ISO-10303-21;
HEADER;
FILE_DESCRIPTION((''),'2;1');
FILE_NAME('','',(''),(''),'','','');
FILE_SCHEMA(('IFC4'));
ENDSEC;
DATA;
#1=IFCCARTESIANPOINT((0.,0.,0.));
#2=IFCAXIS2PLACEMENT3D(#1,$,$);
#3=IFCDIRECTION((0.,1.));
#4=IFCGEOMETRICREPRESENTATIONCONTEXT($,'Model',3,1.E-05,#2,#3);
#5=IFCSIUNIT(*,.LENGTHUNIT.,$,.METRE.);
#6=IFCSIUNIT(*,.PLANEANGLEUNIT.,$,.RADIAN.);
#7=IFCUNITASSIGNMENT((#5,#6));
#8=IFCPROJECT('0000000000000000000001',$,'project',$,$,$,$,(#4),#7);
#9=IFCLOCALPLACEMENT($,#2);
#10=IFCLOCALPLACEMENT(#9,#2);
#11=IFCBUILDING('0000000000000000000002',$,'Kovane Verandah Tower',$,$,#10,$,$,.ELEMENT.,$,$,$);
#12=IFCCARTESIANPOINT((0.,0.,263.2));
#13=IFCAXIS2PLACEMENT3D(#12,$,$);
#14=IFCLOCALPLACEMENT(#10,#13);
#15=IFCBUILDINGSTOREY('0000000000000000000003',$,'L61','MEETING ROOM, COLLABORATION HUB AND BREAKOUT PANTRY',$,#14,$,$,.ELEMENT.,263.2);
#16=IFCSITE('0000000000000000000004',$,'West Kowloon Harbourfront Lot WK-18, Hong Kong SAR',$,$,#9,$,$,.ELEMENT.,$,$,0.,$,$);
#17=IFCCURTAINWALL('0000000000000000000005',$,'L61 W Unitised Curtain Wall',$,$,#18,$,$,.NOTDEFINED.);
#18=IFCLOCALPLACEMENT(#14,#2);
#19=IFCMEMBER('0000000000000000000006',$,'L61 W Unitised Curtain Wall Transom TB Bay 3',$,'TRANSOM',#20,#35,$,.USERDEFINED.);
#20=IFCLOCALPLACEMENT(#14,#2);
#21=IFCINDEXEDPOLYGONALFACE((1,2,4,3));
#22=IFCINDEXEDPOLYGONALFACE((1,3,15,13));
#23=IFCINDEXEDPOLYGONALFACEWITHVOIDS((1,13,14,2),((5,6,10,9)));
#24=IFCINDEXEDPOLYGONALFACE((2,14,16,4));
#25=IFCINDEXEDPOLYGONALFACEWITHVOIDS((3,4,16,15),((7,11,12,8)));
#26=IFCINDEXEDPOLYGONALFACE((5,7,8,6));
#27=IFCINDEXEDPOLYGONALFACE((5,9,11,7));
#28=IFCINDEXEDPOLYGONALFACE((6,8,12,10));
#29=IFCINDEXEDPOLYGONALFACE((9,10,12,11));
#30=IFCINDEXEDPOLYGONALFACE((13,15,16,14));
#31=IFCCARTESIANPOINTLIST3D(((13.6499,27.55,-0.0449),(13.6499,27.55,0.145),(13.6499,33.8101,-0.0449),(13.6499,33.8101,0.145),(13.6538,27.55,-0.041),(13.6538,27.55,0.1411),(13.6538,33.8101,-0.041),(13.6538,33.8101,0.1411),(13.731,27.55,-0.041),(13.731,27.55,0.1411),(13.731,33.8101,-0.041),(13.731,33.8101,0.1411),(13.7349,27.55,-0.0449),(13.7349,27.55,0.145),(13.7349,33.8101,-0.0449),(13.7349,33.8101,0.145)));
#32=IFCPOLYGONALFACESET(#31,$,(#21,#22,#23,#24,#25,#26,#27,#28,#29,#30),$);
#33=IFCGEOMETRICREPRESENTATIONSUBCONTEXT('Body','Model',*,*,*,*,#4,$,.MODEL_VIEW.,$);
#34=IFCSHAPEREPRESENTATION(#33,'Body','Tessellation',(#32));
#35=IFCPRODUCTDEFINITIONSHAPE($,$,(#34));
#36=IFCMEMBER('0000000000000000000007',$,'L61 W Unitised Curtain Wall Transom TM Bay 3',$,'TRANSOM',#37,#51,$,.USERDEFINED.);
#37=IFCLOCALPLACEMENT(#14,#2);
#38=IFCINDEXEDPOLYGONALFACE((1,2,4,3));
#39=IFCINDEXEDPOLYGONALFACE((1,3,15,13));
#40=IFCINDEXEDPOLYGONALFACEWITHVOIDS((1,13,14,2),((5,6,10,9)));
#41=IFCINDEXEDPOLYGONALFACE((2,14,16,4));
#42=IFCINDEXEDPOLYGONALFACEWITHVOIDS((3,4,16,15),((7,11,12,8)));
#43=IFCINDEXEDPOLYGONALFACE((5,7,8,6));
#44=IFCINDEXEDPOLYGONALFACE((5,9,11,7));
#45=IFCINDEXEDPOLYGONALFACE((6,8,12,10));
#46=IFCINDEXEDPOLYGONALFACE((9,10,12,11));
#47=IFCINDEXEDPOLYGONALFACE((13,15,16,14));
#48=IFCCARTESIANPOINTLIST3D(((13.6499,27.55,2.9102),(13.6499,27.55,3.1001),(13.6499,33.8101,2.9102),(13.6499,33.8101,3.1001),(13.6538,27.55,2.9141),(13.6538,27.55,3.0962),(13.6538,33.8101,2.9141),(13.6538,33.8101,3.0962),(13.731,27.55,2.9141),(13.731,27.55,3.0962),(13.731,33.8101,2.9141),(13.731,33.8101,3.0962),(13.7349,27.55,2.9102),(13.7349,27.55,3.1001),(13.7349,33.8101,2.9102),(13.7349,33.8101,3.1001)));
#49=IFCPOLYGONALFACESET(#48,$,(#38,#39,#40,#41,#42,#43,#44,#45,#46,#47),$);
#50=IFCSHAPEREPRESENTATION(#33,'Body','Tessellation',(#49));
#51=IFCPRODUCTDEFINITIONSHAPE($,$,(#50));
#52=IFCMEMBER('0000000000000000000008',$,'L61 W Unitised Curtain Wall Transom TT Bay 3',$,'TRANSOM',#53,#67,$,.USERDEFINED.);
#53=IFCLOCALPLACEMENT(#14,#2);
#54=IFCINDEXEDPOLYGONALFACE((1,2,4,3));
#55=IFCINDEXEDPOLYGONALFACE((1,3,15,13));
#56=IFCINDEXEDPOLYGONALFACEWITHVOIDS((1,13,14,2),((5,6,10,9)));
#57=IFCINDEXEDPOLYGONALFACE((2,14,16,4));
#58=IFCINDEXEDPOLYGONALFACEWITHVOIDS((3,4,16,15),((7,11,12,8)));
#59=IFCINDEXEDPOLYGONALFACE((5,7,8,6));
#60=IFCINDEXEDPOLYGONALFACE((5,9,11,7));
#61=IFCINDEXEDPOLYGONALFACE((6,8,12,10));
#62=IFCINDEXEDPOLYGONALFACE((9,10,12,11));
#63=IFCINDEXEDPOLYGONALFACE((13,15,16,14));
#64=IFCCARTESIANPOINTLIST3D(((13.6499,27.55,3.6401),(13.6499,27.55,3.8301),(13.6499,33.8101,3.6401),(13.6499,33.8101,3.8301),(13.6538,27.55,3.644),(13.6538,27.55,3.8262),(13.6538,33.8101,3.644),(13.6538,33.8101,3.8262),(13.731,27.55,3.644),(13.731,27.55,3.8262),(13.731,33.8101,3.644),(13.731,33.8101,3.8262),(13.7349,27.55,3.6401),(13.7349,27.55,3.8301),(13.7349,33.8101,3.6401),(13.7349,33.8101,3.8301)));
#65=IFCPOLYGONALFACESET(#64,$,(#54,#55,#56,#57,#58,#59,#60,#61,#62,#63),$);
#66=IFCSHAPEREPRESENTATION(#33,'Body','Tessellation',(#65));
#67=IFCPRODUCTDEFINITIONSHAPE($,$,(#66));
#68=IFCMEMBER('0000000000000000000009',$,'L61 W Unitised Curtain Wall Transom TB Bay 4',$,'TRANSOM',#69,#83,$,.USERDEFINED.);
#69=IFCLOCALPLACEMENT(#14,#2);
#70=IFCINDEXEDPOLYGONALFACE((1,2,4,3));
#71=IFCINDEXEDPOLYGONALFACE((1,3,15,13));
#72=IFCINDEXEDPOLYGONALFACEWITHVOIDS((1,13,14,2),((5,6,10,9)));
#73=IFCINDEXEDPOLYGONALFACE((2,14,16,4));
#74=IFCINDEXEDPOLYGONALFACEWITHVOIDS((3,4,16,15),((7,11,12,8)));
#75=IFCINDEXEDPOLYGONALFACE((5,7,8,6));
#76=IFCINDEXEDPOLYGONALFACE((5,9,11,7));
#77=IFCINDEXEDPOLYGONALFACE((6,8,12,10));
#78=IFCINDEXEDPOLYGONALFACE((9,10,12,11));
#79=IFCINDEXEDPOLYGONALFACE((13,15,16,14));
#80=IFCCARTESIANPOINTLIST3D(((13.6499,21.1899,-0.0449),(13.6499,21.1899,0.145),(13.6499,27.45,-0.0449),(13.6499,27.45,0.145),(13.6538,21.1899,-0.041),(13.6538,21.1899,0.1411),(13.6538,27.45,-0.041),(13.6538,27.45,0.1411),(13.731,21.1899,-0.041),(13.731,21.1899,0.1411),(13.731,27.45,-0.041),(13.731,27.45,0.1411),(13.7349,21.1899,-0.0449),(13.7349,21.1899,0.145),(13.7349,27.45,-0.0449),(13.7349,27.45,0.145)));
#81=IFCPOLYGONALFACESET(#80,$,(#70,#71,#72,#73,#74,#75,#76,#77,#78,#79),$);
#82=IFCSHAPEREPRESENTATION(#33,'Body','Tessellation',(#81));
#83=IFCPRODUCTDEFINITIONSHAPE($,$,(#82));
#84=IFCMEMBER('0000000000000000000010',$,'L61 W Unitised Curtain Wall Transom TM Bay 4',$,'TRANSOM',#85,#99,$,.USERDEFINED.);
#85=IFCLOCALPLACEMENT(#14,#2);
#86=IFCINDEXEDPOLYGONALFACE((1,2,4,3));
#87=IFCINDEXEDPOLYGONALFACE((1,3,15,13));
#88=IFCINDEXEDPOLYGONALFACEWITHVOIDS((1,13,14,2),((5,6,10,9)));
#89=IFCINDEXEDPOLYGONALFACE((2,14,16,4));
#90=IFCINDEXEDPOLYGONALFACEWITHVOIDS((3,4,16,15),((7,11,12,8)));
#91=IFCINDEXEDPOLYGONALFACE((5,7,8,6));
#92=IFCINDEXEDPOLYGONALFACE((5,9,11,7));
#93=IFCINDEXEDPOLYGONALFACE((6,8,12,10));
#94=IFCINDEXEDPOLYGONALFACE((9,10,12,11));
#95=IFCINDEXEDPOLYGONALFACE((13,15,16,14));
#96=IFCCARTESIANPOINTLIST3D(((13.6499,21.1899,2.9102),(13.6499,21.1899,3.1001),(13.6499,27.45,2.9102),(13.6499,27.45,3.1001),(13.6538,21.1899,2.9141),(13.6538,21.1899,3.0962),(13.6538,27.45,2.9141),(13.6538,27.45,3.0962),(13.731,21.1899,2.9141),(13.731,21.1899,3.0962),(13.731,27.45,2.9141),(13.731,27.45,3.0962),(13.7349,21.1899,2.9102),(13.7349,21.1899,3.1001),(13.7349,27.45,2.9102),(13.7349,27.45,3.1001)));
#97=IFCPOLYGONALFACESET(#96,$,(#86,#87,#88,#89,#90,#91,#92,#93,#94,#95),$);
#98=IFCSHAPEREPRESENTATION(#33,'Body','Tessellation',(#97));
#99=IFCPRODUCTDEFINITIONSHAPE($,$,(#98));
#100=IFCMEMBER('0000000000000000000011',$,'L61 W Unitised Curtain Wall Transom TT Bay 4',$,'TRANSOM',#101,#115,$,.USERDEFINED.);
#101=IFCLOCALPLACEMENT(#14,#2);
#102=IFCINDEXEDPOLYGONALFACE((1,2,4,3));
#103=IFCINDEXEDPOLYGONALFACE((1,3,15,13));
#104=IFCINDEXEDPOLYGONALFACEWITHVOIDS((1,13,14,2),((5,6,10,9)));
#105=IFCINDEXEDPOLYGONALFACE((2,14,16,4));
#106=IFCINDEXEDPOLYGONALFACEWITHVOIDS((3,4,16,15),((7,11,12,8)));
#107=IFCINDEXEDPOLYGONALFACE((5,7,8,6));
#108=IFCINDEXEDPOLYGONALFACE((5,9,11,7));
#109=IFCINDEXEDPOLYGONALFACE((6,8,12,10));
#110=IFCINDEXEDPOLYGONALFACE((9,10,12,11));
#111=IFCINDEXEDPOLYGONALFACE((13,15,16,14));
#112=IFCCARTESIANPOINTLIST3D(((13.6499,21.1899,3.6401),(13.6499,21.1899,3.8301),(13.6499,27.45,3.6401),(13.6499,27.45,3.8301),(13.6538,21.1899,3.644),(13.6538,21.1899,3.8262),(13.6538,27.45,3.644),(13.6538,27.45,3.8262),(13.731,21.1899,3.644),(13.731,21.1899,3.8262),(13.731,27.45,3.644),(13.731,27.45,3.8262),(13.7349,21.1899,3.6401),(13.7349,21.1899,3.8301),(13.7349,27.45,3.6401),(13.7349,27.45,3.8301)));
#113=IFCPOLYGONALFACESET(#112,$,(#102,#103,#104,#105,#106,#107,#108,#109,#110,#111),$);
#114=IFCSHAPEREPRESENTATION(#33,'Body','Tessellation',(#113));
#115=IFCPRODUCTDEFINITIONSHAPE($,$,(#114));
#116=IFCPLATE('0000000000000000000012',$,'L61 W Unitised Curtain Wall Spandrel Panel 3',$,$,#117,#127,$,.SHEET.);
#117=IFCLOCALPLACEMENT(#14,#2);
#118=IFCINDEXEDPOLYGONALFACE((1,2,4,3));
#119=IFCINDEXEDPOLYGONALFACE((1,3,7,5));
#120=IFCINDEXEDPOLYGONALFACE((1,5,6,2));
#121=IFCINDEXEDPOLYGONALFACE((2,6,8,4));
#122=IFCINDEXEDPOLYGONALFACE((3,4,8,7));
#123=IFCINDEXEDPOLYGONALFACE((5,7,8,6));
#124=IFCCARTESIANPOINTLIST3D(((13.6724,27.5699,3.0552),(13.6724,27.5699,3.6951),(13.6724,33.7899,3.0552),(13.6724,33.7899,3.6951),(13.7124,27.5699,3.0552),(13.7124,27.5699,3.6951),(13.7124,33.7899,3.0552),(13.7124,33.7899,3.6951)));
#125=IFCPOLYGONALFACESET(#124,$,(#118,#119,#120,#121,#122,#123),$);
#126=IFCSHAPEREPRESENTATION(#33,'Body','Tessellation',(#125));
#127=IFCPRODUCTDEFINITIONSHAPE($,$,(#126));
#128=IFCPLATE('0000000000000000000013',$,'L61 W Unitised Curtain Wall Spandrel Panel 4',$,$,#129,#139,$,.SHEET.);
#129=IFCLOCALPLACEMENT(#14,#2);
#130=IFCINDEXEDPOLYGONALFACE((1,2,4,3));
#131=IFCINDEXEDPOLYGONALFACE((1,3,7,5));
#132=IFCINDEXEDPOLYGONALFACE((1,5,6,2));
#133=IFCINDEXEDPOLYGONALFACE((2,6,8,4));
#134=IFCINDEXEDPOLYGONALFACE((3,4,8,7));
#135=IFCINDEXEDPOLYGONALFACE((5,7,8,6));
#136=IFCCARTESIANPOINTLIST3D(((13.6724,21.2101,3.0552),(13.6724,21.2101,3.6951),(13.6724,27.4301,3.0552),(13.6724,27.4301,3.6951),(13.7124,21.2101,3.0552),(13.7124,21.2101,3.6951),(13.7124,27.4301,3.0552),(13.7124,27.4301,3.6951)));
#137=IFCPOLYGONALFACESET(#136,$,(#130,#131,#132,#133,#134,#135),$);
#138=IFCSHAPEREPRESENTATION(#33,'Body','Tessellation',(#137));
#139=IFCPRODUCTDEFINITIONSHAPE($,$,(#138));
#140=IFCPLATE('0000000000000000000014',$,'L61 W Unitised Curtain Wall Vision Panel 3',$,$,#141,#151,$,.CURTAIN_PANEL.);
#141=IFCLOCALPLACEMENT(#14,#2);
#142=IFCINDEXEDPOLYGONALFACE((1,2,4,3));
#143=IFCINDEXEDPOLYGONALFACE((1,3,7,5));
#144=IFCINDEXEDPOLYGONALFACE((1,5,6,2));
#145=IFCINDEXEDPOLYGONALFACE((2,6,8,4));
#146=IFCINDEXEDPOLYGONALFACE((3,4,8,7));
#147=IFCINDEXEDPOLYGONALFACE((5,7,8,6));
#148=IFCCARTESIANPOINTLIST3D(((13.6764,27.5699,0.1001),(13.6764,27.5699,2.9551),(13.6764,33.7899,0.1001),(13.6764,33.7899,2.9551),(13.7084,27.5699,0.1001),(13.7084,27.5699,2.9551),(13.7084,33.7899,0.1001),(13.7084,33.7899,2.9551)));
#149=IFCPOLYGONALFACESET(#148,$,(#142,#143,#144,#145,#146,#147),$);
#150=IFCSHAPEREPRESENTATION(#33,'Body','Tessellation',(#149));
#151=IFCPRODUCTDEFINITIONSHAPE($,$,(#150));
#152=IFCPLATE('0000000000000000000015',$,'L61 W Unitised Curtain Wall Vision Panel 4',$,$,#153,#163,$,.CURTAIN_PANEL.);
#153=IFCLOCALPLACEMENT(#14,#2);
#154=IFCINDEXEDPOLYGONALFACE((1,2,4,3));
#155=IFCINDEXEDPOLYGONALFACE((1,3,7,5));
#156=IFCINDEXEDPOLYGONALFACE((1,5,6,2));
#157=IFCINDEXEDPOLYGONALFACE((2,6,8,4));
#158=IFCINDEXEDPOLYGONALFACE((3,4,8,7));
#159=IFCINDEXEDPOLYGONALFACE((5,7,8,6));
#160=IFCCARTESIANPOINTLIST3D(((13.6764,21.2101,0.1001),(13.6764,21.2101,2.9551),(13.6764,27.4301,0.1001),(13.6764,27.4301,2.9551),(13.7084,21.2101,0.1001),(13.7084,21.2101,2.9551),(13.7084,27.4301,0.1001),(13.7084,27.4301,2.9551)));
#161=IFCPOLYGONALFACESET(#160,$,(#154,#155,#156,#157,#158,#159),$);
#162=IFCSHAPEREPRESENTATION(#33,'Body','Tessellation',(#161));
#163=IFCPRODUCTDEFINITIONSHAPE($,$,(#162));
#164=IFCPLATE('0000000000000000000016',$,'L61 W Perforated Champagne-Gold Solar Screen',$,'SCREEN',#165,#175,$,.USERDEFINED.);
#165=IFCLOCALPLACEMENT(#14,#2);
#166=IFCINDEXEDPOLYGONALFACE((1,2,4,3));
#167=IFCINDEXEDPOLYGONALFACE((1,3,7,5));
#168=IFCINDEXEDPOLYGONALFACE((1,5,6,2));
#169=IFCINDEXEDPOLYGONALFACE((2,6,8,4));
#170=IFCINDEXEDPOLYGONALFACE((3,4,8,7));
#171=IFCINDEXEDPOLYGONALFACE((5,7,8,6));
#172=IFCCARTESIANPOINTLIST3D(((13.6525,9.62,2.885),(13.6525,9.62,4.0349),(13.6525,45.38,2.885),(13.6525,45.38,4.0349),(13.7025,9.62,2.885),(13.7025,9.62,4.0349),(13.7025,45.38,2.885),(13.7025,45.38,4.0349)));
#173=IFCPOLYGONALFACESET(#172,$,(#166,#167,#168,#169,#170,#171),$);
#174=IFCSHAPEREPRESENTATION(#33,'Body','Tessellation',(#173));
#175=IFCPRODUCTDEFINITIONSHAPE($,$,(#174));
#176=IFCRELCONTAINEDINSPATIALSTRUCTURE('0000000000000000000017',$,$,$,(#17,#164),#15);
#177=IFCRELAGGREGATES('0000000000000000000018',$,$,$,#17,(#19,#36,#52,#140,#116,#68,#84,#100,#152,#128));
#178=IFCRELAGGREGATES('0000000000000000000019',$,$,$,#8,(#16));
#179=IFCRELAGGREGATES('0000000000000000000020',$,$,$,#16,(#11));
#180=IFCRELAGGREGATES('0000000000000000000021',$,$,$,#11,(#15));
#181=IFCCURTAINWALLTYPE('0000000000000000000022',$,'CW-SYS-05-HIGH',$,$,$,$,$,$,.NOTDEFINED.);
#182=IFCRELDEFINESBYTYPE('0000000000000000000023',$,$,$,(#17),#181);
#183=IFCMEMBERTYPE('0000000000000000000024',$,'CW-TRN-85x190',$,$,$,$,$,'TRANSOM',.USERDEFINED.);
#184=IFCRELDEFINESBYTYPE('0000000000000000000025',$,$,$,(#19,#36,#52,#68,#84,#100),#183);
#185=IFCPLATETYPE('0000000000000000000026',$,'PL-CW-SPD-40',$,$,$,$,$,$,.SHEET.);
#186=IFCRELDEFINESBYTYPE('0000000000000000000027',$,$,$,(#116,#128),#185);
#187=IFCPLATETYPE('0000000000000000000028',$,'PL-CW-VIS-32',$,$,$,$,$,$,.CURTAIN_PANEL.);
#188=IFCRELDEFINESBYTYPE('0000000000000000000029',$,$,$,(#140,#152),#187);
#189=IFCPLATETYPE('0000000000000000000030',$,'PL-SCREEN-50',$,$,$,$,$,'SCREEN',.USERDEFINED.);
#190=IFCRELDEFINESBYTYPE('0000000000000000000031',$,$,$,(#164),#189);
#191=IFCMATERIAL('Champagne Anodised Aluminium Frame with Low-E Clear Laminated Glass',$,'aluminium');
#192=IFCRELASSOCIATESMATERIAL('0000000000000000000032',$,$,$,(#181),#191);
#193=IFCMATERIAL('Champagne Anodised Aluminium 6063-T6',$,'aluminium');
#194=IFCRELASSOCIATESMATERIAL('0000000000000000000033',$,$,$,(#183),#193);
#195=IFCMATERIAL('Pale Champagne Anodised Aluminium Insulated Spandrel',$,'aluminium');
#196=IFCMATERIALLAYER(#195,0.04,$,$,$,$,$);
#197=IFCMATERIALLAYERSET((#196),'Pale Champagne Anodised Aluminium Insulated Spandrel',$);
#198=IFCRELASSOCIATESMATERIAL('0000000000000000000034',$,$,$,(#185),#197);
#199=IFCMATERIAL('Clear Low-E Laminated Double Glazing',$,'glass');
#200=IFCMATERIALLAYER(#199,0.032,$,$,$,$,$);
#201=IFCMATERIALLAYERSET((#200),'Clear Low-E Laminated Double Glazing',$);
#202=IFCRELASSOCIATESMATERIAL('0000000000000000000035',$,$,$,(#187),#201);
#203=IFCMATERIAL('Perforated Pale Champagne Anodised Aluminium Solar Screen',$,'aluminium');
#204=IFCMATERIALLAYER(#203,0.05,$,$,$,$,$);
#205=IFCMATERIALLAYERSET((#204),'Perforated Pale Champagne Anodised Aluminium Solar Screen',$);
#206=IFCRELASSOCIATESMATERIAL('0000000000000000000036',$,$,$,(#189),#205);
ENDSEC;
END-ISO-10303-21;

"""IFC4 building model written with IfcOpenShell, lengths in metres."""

from ifc_helpers import new_model, si_unit, direction, frame, origin, origin_2d, place, context, subcontext, project, spatial, rectangle, hollow_rectangle, extrude, material, layer, layer_set, material_profile, profile_set, type_object, element, aggregate, save


model = new_model("IFC4")

# Units and contexts
model_context = context("Model", 3, precision=1e-05, world=origin(), true_north=direction((0.0, 1.0)))
body_context = subcontext(model_context, "Body", "Model", "MODEL_VIEW")
ifc_project = project(units=[si_unit("LENGTHUNIT", "METRE"), si_unit("PLANEANGLEUNIT", "RADIAN")], contexts=[model_context])

# Site, building, storey
site_placement = place(None, origin())
site = spatial("IfcSite", under=ifc_project, at=site_placement, Name="West Kowloon Harbourfront Lot WK-18, Hong Kong SAR", CompositionType="ELEMENT", RefElevation=0.0)
building_placement = place(site_placement, origin())
building = spatial("IfcBuilding", under=site, at=building_placement, Name="Kovane Verandah Tower", CompositionType="ELEMENT")
storey_placement = place(building_placement, frame((0.0, 0.0, 263.2)))
storey = spatial("IfcBuildingStorey", under=building, at=storey_placement, Name="L61", Description="MEETING ROOM, COLLABORATION HUB AND BREAKOUT PANTRY", CompositionType="ELEMENT", Elevation=263.2)

# Curtain wall, members, plates
ifc_material_1 = material(Name="Champagne Anodised Aluminium Frame with Low-E Clear Laminated Glass", Category="aluminium")
curtain_wall_type = type_object("IfcCurtainWallType", Name="CW-SYS-05-HIGH", PredefinedType="NOTDEFINED", material=ifc_material_1)
curtain_wall_placement = place(storey_placement, origin())
curtain_wall = element("IfcCurtainWall", 1, at=curtain_wall_placement, inside=storey, type_object=curtain_wall_type, Name="L61 W Unitised Curtain Wall", PredefinedType="NOTDEFINED")
ifc_material_2 = material(Name="Champagne Anodised Aluminium 6063-T6", Category="aluminium")
ifc_material_profile_1 = material_profile(ifc_material_2, hollow_rectangle(XDim=0.085, YDim=0.1899, WallThickness=0.0039, at=origin_2d()), Name="AL85x190x4")
ifc_profile_set_1 = profile_set([ifc_material_profile_1], Name="Champagne Anodised Aluminium 6063-T6")
member_type_1 = type_object("IfcMemberType", Name="CW-TRN-85x190", ElementType="TRANSOM", PredefinedType="USERDEFINED", material=ifc_profile_set_1)
member_1_placement = place(storey_placement, frame((13.6924, 33.8101, 0.05), z_axis=(0.0, -1.0, 0.0), x_axis=(1.0, 0.0, 0.0)))
member_1 = element("IfcMember", 2, at=member_1_placement, type_object=member_type_1, Name="L61 W Unitised Curtain Wall Transom TB Bay 3", ObjectType="TRANSOM", PredefinedType="USERDEFINED", context=body_context, shape_type="SweptSolid", body=[
    extrude(hollow_rectangle(XDim=0.085, YDim=0.1899, WallThickness=0.0039, at=origin_2d()), origin(), (0.0, 0.0, 1.0), 6.26),
])
member_2_placement = place(storey_placement, frame((13.6924, 33.8101, 3.0051), z_axis=(0.0, -1.0, 0.0), x_axis=(1.0, 0.0, 0.0)))
member_2 = element("IfcMember", 3, at=member_2_placement, type_object=member_type_1, Name="L61 W Unitised Curtain Wall Transom TM Bay 3", ObjectType="TRANSOM", PredefinedType="USERDEFINED", context=body_context, shape_type="SweptSolid", body=[
    extrude(hollow_rectangle(XDim=0.085, YDim=0.1899, WallThickness=0.0039, at=origin_2d()), origin(), (0.0, 0.0, 1.0), 6.26),
])
member_3_placement = place(storey_placement, frame((13.6924, 33.8101, 3.7351), z_axis=(0.0, -1.0, 0.0), x_axis=(1.0, 0.0, 0.0)))
member_3 = element("IfcMember", 4, at=member_3_placement, type_object=member_type_1, Name="L61 W Unitised Curtain Wall Transom TT Bay 3", ObjectType="TRANSOM", PredefinedType="USERDEFINED", context=body_context, shape_type="SweptSolid", body=[
    extrude(hollow_rectangle(XDim=0.085, YDim=0.1899, WallThickness=0.0039, at=origin_2d()), origin(), (0.0, 0.0, 1.0), 6.26),
])
member_4_placement = place(storey_placement, frame((13.6924, 27.45, 0.05), z_axis=(0.0, -1.0, 0.0), x_axis=(1.0, 0.0, 0.0)))
member_4 = element("IfcMember", 5, at=member_4_placement, type_object=member_type_1, Name="L61 W Unitised Curtain Wall Transom TB Bay 4", ObjectType="TRANSOM", PredefinedType="USERDEFINED", context=body_context, shape_type="SweptSolid", body=[
    extrude(hollow_rectangle(XDim=0.085, YDim=0.1899, WallThickness=0.0039, at=origin_2d()), origin(), (0.0, 0.0, 1.0), 6.26),
])
member_5_placement = place(storey_placement, frame((13.6924, 27.45, 3.0051), z_axis=(0.0, -1.0, 0.0), x_axis=(1.0, 0.0, 0.0)))
member_5 = element("IfcMember", 6, at=member_5_placement, type_object=member_type_1, Name="L61 W Unitised Curtain Wall Transom TM Bay 4", ObjectType="TRANSOM", PredefinedType="USERDEFINED", context=body_context, shape_type="SweptSolid", body=[
    extrude(hollow_rectangle(XDim=0.085, YDim=0.1899, WallThickness=0.0039, at=origin_2d()), origin(), (0.0, 0.0, 1.0), 6.26),
])
member_6_placement = place(storey_placement, frame((13.6924, 27.45, 3.7351), z_axis=(0.0, -1.0, 0.0), x_axis=(1.0, 0.0, 0.0)))
member_6 = element("IfcMember", 7, at=member_6_placement, type_object=member_type_1, Name="L61 W Unitised Curtain Wall Transom TT Bay 4", ObjectType="TRANSOM", PredefinedType="USERDEFINED", context=body_context, shape_type="SweptSolid", body=[
    extrude(hollow_rectangle(XDim=0.085, YDim=0.1899, WallThickness=0.0039, at=origin_2d()), origin(), (0.0, 0.0, 1.0), 6.26),
])
ifc_material_3 = material(Name="Pale Champagne Anodised Aluminium Insulated Spandrel", Category="aluminium")
ifc_layer_1 = layer(ifc_material_3, 0.04)
ifc_layer_set_1 = layer_set([ifc_layer_1], Name="Pale Champagne Anodised Aluminium Insulated Spandrel")
plate_type_1 = type_object("IfcPlateType", Name="PL-CW-SPD-40", PredefinedType="SHEET", material=ifc_layer_set_1)
plate_1_placement = place(storey_placement, frame((13.6924, 30.6799, 3.0552), z_axis=(0.0, 0.0, 1.0), x_axis=(0.0, -1.0, 0.0)))
plate_1 = element("IfcPlate", 8, at=plate_1_placement, type_object=plate_type_1, Name="L61 W Unitised Curtain Wall Spandrel Panel 3", PredefinedType="SHEET", context=body_context, shape_type="SweptSolid", body=[
    extrude(rectangle(XDim=6.22, YDim=0.04, at=origin_2d()), origin(), (0.0, 0.0, 1.0), 0.6399),
])
plate_2_placement = place(storey_placement, frame((13.6924, 24.3201, 3.0552), z_axis=(0.0, 0.0, 1.0), x_axis=(0.0, -1.0, 0.0)))
plate_2 = element("IfcPlate", 9, at=plate_2_placement, type_object=plate_type_1, Name="L61 W Unitised Curtain Wall Spandrel Panel 4", PredefinedType="SHEET", context=body_context, shape_type="SweptSolid", body=[
    extrude(rectangle(XDim=6.22, YDim=0.04, at=origin_2d()), origin(), (0.0, 0.0, 1.0), 0.6399),
])
ifc_material_4 = material(Name="Clear Low-E Laminated Double Glazing", Category="glass")
ifc_layer_2 = layer(ifc_material_4, 0.032)
ifc_layer_set_2 = layer_set([ifc_layer_2], Name="Clear Low-E Laminated Double Glazing")
plate_type_2 = type_object("IfcPlateType", Name="PL-CW-VIS-32", PredefinedType="CURTAIN_PANEL", material=ifc_layer_set_2)
plate_3_placement = place(storey_placement, frame((13.6924, 30.6799, 0.1001), z_axis=(0.0, 0.0, 1.0), x_axis=(0.0, -1.0, 0.0)))
plate_3 = element("IfcPlate", 10, at=plate_3_placement, type_object=plate_type_2, Name="L61 W Unitised Curtain Wall Vision Panel 3", PredefinedType="CURTAIN_PANEL", context=body_context, shape_type="SweptSolid", body=[
    extrude(rectangle(XDim=6.22, YDim=0.032, at=origin_2d()), origin(), (0.0, 0.0, 1.0), 2.855),
])
plate_4_placement = place(storey_placement, frame((13.6924, 24.3201, 0.1001), z_axis=(0.0, 0.0, 1.0), x_axis=(0.0, -1.0, 0.0)))
plate_4 = element("IfcPlate", 11, at=plate_4_placement, type_object=plate_type_2, Name="L61 W Unitised Curtain Wall Vision Panel 4", PredefinedType="CURTAIN_PANEL", context=body_context, shape_type="SweptSolid", body=[
    extrude(rectangle(XDim=6.22, YDim=0.032, at=origin_2d()), origin(), (0.0, 0.0, 1.0), 2.855),
])
aggregate(curtain_wall, [member_1, member_2, member_3, plate_3, plate_1, member_4, member_5, member_6, plate_4, plate_2])

# Plate
ifc_material_5 = material(Name="Perforated Pale Champagne Anodised Aluminium Solar Screen", Category="aluminium")
ifc_layer_3 = layer(ifc_material_5, 0.05)
ifc_layer_set_3 = layer_set([ifc_layer_3], Name="Perforated Pale Champagne Anodised Aluminium Solar Screen")
plate_type_3 = type_object("IfcPlateType", Name="PL-SCREEN-50", ElementType="SCREEN", PredefinedType="USERDEFINED", material=ifc_layer_set_3)
plate_5_placement = place(storey_placement, frame((13.6775, 27.5, 2.885), z_axis=(0.0, 0.0, 1.0), x_axis=(0.0, -1.0, 0.0)))
element("IfcPlate", 12, at=plate_5_placement, inside=storey, type_object=plate_type_3, Name="L61 W Perforated Champagne-Gold Solar Screen", ObjectType="SCREEN", PredefinedType="USERDEFINED", context=body_context, shape_type="SweptSolid", body=[
    extrude(rectangle(XDim=35.76, YDim=0.05, at=origin_2d()), origin(), (0.0, 0.0, 1.0), 1.1499),
])

save(model, "model.ifc")
